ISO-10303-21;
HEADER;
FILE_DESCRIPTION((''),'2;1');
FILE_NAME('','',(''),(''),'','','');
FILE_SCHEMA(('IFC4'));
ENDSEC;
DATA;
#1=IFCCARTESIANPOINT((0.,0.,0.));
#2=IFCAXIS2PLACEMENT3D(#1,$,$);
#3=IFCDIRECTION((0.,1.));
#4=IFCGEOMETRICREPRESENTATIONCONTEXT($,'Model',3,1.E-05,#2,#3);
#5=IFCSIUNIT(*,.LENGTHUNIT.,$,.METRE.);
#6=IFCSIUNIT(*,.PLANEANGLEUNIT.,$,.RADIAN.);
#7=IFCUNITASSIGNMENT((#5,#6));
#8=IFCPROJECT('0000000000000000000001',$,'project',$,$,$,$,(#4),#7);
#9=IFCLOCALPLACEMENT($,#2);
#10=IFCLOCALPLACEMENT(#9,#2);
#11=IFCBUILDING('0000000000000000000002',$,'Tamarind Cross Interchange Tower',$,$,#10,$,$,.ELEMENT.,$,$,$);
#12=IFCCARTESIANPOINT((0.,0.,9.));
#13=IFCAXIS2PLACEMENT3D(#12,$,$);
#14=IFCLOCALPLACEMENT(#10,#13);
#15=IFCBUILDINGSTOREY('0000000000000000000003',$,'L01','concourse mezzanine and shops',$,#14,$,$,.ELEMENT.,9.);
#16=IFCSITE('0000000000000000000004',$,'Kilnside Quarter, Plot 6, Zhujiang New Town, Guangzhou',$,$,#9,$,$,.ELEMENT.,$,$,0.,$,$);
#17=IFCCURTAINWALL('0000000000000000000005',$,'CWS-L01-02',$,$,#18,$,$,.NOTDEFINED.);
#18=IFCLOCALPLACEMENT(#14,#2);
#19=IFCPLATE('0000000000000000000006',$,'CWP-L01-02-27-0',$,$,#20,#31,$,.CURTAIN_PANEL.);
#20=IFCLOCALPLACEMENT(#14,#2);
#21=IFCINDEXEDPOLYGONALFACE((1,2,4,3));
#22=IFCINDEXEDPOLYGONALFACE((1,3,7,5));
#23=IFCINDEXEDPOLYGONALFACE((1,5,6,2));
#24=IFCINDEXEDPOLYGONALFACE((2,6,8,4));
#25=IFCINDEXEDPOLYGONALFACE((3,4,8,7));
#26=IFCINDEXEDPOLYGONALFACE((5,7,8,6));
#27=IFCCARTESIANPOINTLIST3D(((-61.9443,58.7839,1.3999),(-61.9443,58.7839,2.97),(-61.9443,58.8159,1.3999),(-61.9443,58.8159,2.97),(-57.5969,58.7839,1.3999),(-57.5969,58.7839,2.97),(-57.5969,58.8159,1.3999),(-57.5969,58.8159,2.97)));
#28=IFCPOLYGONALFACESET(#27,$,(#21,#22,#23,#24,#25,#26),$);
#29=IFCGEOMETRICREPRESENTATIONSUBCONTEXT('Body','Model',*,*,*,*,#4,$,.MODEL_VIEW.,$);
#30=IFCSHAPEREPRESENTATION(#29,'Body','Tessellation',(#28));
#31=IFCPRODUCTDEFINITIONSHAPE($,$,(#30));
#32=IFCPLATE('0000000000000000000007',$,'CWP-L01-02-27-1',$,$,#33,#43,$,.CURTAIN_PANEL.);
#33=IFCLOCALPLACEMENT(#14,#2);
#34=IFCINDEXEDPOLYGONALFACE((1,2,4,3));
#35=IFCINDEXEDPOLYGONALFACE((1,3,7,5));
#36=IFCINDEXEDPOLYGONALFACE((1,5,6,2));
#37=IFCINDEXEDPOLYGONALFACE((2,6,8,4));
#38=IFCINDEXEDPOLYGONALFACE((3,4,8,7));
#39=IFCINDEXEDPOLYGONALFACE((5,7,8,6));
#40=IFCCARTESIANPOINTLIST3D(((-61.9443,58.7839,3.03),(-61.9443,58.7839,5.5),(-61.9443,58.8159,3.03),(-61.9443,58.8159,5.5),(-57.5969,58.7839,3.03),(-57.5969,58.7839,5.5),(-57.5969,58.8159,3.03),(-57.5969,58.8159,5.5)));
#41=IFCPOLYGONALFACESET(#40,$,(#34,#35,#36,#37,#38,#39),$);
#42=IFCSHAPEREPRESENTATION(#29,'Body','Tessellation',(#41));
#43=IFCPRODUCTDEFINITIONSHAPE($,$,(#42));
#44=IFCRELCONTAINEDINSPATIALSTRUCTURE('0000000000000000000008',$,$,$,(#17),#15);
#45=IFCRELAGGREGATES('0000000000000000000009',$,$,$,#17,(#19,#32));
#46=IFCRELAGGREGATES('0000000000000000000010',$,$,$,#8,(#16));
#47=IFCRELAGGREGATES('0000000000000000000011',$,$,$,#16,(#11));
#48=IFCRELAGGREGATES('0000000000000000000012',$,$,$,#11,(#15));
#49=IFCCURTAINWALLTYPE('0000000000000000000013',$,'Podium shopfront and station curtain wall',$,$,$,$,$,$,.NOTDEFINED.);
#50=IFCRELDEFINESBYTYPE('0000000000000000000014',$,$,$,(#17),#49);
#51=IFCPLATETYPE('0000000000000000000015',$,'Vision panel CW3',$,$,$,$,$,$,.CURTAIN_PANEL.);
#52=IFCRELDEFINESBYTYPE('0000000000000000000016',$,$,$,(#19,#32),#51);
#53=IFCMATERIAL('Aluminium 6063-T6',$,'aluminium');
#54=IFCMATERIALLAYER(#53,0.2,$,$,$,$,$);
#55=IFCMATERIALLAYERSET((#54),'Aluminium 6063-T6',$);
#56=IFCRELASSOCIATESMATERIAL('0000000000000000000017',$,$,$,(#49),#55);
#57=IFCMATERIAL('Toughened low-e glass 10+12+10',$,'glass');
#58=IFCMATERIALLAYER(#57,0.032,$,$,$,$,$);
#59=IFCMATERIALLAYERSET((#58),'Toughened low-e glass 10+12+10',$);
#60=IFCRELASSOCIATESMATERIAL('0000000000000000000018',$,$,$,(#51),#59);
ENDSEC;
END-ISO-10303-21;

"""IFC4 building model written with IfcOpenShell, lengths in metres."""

from ifc_helpers import new_model, si_unit, direction, frame, origin, place, context, subcontext, project, spatial, polyline, outline, extrude, material, layer, layer_set, type_object, element, aggregate, save


model = new_model("IFC4")

# Units and contexts
model_context = context("Model", 3, precision=1e-05, world=origin(), true_north=direction((0.0, 1.0)))
body_context = subcontext(model_context, "Body", "Model", "MODEL_VIEW")
ifc_project = project(units=[si_unit("LENGTHUNIT", "METRE"), si_unit("PLANEANGLEUNIT", "RADIAN")], contexts=[model_context])

# Site, building, storey
site_placement = place(None, origin())
site = spatial("IfcSite", under=ifc_project, at=site_placement, Name="Kilnside Quarter, Plot 6, Zhujiang New Town, Guangzhou", CompositionType="ELEMENT", RefElevation=0.0)
building_placement = place(site_placement, origin())
building = spatial("IfcBuilding", under=site, at=building_placement, Name="Tamarind Cross Interchange Tower", CompositionType="ELEMENT")
storey_placement = place(building_placement, frame((0.0, 0.0, 9.0)))
storey = spatial("IfcBuildingStorey", under=building, at=storey_placement, Name="L01", Description="concourse mezzanine and shops", CompositionType="ELEMENT", Elevation=9.0)

# Curtain wall, plates
ifc_material_1 = material(Name="Aluminium 6063-T6", Category="aluminium")
ifc_layer_1 = layer(ifc_material_1, 0.2)
ifc_layer_set_1 = layer_set([ifc_layer_1], Name="Aluminium 6063-T6")
curtain_wall_type = type_object("IfcCurtainWallType", Name="Podium shopfront and station curtain wall", PredefinedType="NOTDEFINED", material=ifc_layer_set_1)
curtain_wall_placement = place(storey_placement, origin())
curtain_wall = element("IfcCurtainWall", 1, at=curtain_wall_placement, inside=storey, type_object=curtain_wall_type, Name="CWS-L01-02", PredefinedType="NOTDEFINED")
ifc_material_2 = material(Name="Toughened low-e glass 10+12+10", Category="glass")
ifc_layer_2 = layer(ifc_material_2, 0.032)
ifc_layer_set_2 = layer_set([ifc_layer_2], Name="Toughened low-e glass 10+12+10")
plate_type = type_object("IfcPlateType", Name="Vision panel CW3", PredefinedType="CURTAIN_PANEL", material=ifc_layer_set_2)
plate_1_placement = place(storey_placement, frame((0.0, 0.0, 1.3999)))
plate_1 = element("IfcPlate", 2, at=plate_1_placement, type_object=plate_type, Name="CWP-L01-02-27-0", PredefinedType="CURTAIN_PANEL", context=body_context, shape_type="SweptSolid", body=[
    extrude(outline(polyline([(-57.5969, 58.7839), (-61.9443, 58.7839), (-61.9443, 58.8159), (-57.5969, 58.8159), (-57.5969, 58.7839)])), origin(), (0.0, 0.0, 1.0), 1.5701),
])
plate_2_placement = place(storey_placement, frame((0.0, 0.0, 3.03)))
plate_2 = element("IfcPlate", 3, at=plate_2_placement, type_object=plate_type, Name="CWP-L01-02-27-1", PredefinedType="CURTAIN_PANEL", context=body_context, shape_type="SweptSolid", body=[
    extrude(outline(polyline([(-57.5969, 58.7839), (-61.9443, 58.7839), (-61.9443, 58.8159), (-57.5969, 58.8159), (-57.5969, 58.7839)])), origin(), (0.0, 0.0, 1.0), 2.47),
])
aggregate(curtain_wall, [plate_1, plate_2])

save(model, "model.ifc")
